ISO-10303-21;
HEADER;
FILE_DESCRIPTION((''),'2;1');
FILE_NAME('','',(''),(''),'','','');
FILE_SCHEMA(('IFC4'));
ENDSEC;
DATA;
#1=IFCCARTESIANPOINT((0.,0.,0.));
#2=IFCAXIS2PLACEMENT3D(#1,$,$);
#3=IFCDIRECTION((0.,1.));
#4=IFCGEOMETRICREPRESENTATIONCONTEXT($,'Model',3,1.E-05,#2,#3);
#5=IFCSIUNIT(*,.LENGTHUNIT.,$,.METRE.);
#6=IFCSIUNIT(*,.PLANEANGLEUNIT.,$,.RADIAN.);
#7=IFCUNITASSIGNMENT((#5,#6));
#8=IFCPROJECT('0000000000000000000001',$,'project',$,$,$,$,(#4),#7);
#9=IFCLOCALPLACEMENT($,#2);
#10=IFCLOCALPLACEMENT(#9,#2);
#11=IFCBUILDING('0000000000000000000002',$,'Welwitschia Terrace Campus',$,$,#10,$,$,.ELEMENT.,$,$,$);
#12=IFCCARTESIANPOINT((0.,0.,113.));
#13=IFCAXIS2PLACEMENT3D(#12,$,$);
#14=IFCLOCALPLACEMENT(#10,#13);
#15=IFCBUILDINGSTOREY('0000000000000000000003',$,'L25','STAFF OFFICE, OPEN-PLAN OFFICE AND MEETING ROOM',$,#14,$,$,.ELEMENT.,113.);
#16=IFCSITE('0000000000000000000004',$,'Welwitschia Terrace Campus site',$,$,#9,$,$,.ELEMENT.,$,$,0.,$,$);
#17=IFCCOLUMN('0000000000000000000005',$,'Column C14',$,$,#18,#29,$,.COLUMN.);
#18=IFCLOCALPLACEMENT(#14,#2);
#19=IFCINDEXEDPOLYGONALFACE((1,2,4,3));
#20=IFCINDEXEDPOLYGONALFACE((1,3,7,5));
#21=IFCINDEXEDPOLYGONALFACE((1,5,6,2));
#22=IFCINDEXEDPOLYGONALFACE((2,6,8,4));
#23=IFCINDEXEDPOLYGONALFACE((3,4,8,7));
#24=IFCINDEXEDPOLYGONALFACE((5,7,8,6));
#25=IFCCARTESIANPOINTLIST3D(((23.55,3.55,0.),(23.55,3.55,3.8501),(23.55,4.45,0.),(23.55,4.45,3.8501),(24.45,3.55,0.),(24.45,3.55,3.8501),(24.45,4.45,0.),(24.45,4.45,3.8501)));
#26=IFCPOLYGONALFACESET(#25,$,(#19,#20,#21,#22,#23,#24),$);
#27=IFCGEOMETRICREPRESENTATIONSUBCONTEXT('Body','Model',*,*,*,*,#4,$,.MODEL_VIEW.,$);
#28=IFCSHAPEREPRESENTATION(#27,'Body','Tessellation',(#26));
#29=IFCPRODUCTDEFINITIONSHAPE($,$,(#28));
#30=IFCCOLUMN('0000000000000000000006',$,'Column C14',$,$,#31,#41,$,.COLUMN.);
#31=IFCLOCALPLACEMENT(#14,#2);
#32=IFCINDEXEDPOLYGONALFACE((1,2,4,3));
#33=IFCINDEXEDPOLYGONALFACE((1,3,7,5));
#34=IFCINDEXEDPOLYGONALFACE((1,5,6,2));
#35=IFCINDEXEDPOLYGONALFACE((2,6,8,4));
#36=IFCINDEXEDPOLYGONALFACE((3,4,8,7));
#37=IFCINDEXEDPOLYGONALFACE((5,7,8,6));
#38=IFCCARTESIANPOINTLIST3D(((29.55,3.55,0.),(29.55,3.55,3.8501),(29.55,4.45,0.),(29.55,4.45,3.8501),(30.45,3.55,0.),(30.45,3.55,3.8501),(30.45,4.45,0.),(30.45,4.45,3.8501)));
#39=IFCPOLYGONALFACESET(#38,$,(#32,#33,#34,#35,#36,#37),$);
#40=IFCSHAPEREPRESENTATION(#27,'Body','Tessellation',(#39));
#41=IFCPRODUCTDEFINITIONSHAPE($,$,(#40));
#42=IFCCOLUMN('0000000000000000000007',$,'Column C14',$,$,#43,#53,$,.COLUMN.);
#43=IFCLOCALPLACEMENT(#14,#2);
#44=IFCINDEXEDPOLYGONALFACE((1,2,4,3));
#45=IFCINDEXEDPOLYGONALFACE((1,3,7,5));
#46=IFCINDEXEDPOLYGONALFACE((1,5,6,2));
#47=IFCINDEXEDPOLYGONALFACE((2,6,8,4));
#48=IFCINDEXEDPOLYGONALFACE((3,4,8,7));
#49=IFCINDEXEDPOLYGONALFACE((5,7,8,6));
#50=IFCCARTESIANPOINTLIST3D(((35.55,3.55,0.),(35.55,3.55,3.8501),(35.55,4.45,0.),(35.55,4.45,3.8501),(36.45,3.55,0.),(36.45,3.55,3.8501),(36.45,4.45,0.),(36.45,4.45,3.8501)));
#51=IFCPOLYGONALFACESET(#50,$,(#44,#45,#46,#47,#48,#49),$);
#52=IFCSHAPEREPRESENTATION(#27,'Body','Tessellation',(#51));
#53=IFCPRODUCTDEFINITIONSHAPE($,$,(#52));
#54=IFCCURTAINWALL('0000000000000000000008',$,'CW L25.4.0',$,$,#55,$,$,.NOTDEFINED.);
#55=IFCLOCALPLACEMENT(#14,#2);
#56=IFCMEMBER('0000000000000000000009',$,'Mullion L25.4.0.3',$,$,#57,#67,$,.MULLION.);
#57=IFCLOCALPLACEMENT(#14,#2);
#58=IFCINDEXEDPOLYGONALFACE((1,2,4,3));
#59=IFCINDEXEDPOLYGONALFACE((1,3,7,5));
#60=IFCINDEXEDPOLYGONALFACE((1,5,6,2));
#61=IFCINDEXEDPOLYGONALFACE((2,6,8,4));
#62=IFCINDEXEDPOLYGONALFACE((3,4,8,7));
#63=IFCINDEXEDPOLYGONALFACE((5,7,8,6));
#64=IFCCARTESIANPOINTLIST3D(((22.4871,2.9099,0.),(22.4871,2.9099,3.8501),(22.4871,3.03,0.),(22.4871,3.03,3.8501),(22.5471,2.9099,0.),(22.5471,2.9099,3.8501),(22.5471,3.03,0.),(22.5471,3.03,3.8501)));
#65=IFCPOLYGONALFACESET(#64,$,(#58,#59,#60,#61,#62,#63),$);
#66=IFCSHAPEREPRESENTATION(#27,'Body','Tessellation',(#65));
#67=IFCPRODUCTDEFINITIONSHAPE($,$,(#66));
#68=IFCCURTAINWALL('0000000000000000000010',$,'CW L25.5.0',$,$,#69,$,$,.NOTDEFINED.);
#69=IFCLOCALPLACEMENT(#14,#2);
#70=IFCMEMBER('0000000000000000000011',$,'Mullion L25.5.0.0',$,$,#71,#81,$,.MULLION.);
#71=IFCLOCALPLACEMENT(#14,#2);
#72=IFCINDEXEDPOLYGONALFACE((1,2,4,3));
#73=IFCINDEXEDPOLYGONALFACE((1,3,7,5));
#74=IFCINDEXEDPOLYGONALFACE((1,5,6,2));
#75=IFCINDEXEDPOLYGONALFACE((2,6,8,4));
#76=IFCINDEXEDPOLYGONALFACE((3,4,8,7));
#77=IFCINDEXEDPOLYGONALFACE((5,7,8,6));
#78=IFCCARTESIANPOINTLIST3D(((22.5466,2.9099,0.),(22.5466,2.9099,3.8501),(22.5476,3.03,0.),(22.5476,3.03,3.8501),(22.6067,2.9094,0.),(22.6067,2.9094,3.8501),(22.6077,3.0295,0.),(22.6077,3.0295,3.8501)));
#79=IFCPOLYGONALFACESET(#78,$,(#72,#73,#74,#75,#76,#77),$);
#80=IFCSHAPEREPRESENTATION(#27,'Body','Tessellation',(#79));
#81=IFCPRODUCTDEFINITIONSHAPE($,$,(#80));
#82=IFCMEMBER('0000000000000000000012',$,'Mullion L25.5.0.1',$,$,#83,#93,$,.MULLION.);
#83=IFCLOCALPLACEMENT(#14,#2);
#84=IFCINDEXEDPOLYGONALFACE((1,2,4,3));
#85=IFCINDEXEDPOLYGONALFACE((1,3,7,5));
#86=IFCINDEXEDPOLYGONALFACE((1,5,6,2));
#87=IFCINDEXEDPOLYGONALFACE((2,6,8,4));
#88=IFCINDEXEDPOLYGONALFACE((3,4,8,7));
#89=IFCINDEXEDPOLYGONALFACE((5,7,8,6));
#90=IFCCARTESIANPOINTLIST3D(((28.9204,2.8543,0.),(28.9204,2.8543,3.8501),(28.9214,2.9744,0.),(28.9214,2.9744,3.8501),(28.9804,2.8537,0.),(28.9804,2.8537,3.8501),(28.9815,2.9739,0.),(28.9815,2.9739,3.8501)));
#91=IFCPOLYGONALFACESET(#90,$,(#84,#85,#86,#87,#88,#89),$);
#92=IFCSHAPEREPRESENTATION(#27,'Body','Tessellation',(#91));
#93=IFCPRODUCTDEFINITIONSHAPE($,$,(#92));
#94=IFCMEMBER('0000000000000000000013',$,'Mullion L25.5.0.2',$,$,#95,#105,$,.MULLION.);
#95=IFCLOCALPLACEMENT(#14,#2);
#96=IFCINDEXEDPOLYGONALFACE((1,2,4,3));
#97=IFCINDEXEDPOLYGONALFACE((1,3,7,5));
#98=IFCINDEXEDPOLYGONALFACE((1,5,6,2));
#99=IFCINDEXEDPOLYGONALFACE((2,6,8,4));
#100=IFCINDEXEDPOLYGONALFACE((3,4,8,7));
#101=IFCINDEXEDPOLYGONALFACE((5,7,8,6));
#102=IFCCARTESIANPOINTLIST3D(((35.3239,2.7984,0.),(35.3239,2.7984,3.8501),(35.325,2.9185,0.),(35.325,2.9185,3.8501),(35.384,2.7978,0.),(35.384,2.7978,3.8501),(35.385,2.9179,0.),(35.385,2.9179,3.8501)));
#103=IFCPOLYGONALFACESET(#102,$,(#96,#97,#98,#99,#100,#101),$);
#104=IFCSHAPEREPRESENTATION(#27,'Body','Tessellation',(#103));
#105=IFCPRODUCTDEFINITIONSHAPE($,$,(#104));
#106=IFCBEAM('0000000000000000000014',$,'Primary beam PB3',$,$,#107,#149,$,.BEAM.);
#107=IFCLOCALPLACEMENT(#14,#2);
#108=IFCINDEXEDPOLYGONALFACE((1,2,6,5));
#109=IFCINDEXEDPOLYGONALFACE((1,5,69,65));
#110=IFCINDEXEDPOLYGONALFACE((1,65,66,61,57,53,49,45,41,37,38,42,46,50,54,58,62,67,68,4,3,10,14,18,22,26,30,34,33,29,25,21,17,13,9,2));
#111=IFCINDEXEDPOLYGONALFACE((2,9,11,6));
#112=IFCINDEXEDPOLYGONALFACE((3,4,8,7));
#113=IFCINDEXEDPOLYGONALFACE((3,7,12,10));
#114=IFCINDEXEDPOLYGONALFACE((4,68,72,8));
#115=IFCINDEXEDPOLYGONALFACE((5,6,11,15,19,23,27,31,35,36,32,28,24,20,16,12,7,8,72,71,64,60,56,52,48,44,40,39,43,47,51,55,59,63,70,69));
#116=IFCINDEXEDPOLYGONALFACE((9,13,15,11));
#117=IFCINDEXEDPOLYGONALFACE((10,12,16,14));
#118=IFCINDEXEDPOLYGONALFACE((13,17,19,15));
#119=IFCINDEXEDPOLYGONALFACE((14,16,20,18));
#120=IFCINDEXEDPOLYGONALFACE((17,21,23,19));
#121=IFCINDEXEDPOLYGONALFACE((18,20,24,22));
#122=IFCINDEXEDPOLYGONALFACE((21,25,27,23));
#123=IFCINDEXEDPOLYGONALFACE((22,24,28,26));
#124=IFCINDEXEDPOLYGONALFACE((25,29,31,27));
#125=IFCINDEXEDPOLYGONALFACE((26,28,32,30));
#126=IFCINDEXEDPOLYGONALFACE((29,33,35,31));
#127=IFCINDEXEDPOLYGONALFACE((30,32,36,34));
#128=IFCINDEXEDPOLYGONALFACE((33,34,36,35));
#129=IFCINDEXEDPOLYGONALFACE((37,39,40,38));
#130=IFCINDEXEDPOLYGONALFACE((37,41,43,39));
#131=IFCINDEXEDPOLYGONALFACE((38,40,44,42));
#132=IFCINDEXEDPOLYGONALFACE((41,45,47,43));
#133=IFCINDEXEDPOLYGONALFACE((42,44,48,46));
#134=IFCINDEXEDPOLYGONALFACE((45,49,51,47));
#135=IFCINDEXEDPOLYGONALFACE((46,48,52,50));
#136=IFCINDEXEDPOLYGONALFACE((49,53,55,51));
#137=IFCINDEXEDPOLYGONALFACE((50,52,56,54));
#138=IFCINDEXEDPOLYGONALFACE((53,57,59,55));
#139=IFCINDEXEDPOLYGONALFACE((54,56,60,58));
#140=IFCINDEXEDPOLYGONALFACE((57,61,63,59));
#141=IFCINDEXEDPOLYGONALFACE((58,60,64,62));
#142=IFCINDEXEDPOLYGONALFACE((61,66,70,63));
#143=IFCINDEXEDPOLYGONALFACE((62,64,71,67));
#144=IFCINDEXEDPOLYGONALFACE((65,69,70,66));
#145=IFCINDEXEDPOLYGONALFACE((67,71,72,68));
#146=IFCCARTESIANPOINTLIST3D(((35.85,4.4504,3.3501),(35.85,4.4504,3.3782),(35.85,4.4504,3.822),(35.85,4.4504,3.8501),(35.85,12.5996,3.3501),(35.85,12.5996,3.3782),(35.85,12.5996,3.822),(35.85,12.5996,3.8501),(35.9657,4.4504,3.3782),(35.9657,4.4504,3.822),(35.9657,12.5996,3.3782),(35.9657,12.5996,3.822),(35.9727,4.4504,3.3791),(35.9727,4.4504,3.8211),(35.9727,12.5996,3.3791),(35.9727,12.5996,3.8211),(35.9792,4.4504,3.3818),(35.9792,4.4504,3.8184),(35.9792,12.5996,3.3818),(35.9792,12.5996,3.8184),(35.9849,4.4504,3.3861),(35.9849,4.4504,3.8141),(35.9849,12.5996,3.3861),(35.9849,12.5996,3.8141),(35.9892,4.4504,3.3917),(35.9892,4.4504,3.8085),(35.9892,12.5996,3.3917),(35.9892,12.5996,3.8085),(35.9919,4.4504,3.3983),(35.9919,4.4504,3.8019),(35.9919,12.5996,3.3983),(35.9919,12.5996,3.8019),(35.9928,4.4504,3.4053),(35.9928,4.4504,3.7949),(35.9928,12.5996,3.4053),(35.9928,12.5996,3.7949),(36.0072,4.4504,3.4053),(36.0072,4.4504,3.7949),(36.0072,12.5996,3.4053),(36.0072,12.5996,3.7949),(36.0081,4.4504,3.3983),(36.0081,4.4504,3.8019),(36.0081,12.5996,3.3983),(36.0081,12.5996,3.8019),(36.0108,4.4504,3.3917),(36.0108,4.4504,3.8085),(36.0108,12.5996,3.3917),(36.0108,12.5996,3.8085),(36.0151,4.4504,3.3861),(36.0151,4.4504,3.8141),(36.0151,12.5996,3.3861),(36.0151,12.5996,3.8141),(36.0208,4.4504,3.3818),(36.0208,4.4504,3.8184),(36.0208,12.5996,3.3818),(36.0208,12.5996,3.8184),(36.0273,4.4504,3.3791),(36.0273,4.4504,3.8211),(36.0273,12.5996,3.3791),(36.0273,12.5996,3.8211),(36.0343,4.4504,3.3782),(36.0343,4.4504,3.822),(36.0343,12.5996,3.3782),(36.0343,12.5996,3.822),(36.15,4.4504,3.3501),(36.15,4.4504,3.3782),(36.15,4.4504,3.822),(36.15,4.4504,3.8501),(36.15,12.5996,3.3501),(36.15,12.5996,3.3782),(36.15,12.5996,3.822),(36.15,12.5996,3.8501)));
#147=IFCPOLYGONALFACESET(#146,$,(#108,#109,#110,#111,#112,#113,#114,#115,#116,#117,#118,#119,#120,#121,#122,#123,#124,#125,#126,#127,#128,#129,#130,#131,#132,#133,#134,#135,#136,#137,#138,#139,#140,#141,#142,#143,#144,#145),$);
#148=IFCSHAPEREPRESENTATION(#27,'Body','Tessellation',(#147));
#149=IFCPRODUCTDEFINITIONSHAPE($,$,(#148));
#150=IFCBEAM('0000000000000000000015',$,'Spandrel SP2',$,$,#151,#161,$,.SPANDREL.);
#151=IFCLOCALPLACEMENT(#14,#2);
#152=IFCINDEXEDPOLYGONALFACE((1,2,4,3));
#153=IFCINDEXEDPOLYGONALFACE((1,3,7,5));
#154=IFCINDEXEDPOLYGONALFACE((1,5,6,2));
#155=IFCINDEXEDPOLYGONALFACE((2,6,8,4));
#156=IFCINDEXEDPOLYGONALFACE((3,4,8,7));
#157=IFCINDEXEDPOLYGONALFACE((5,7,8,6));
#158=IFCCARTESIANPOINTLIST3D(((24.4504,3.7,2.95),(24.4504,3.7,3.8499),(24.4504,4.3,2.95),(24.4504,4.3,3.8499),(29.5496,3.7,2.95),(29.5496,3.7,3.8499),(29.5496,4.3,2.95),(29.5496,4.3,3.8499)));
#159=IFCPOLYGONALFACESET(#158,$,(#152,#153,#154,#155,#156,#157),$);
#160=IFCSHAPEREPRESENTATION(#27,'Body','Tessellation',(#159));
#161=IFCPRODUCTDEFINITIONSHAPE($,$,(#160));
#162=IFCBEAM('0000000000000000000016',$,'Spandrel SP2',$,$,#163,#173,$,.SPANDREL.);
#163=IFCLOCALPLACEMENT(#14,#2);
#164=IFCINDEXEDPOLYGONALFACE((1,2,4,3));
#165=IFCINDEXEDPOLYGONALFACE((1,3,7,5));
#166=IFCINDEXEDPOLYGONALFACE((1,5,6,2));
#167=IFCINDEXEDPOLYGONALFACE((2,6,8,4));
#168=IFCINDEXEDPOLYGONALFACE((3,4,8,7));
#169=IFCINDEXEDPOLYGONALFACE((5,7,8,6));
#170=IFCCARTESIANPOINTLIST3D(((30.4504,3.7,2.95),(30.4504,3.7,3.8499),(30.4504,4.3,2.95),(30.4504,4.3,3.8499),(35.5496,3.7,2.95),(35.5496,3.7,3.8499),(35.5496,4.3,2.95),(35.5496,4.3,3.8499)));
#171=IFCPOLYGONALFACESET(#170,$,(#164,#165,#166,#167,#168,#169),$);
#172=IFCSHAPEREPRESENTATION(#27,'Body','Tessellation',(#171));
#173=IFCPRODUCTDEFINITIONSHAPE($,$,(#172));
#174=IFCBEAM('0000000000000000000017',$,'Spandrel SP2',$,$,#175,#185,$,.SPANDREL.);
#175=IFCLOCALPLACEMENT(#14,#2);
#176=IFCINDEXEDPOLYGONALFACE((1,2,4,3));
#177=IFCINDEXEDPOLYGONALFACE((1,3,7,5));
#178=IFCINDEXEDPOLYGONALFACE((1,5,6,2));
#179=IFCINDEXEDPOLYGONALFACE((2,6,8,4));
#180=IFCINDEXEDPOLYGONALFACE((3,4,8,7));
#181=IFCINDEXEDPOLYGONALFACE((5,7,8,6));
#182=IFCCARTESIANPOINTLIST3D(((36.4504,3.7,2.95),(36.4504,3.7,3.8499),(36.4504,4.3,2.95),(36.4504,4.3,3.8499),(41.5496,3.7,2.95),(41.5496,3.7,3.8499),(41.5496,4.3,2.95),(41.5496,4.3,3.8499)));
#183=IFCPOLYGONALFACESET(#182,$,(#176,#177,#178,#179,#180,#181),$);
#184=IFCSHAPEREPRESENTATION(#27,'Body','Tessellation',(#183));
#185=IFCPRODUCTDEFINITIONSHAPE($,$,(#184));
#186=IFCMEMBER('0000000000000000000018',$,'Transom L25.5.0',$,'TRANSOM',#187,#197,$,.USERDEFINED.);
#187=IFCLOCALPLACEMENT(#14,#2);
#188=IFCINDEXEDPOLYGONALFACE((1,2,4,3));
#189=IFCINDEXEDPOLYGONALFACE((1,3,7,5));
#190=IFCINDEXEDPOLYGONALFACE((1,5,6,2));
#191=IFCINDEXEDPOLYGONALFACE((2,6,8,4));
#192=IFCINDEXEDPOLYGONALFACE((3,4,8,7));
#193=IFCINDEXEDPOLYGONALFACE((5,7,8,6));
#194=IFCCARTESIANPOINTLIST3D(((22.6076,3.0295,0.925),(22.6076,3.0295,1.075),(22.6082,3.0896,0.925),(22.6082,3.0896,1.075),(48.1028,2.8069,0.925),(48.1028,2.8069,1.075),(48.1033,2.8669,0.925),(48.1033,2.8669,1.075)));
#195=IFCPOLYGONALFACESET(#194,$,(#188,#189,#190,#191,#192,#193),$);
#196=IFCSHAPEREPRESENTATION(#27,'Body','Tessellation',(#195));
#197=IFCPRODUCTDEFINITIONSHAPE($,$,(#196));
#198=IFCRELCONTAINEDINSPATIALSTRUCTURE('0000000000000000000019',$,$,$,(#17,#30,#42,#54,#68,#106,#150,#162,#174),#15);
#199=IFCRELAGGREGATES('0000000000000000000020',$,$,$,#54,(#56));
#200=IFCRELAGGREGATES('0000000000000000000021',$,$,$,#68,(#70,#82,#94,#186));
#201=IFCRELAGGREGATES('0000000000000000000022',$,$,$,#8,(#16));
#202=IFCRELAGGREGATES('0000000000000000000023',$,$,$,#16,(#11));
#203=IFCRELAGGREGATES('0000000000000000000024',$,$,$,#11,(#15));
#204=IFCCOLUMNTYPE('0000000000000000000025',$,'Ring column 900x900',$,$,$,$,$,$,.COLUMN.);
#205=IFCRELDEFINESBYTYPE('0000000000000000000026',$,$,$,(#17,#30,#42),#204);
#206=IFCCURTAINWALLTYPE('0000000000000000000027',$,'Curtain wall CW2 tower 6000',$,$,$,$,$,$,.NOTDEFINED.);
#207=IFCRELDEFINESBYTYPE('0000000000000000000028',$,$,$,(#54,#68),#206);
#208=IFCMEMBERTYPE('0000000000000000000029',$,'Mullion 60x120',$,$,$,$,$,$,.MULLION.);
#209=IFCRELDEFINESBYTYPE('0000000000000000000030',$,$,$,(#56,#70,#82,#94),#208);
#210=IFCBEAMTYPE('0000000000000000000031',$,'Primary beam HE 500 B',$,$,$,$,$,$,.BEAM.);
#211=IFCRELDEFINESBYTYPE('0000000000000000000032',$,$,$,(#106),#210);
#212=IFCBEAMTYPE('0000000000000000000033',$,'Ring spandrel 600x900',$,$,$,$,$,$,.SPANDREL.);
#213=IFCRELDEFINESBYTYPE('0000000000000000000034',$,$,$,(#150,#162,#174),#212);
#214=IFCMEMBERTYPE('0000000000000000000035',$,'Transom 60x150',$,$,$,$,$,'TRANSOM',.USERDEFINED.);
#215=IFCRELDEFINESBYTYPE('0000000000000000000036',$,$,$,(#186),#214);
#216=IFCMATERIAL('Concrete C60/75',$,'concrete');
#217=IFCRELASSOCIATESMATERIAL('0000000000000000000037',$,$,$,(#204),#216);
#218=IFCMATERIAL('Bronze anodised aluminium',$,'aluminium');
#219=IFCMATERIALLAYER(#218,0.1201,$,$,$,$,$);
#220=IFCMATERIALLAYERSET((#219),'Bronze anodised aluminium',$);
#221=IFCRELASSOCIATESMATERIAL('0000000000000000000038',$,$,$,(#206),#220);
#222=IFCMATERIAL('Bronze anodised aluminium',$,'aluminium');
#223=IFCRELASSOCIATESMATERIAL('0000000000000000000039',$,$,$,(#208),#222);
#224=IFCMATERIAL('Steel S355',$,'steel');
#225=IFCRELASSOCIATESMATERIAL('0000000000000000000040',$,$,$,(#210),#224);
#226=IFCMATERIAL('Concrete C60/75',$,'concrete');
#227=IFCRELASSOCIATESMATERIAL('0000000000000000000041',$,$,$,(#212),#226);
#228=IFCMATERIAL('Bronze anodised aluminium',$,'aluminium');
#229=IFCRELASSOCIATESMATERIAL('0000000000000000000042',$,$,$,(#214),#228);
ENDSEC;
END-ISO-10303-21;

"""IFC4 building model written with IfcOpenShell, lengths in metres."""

from ifc_helpers import new_model, si_unit, direction, frame, origin, origin_2d, place, context, subcontext, project, spatial, rectangle, i_section, extrude, material, layer, layer_set, material_profile, profile_set, type_object, element, aggregate, save


model = new_model("IFC4")

# Units and contexts
model_context = context("Model", 3, precision=1e-05, world=origin(), true_north=direction((0.0, 1.0)))
body_context = subcontext(model_context, "Body", "Model", "MODEL_VIEW")
ifc_project = project(units=[si_unit("LENGTHUNIT", "METRE"), si_unit("PLANEANGLEUNIT", "RADIAN")], contexts=[model_context])

# Site, building, storey
site_placement = place(None, origin())
site = spatial("IfcSite", under=ifc_project, at=site_placement, Name="Welwitschia Terrace Campus site", CompositionType="ELEMENT", RefElevation=0.0)
building_placement = place(site_placement, origin())
building = spatial("IfcBuilding", under=site, at=building_placement, Name="Welwitschia Terrace Campus", CompositionType="ELEMENT")
storey_placement = place(building_placement, frame((0.0, 0.0, 113.0)))
storey = spatial("IfcBuildingStorey", under=building, at=storey_placement, Name="L25", Description="STAFF OFFICE, OPEN-PLAN OFFICE AND MEETING ROOM", CompositionType="ELEMENT", Elevation=113.0)

# Columns
ifc_material_1 = material(Name="Concrete C60/75", Category="concrete")
ifc_material_profile_1 = material_profile(ifc_material_1, rectangle(XDim=0.8999, YDim=0.8999, at=origin_2d()))
ifc_profile_set_1 = profile_set([ifc_material_profile_1], Name="Concrete C60/75")
column_type = type_object("IfcColumnType", Name="Ring column 900x900", PredefinedType="COLUMN", material=ifc_profile_set_1)
for number, where, z_axis, x_axis, name in (
    (1, (24.0, 4.0, 0.0), (0.0, 0.0, 1.0), (1.0, 0.0, 0.0), "Column C14"),
    (2, (30.0, 4.0, 0.0), (0.0, 0.0, 1.0), (1.0, 0.0, 0.0), "Column C14"),
    (3, (36.0, 4.0, 0.0), (0.0, 0.0, 1.0), (1.0, 0.0, 0.0), "Column C14"),
):
    element("IfcColumn", number, at=place(storey_placement, frame(where, z_axis=z_axis, x_axis=x_axis)), inside=storey, type_object=column_type, Name=name, PredefinedType="COLUMN", context=body_context, shape_type="SweptSolid", body=[
        extrude(rectangle(XDim=0.8999, YDim=0.8999, at=origin_2d()), origin(), (0.0, 0.0, 1.0), 3.8501),
    ])

# Curtain wall, member
ifc_material_2 = material(Name="Bronze anodised aluminium", Category="aluminium")
ifc_layer_1 = layer(ifc_material_2, 0.1201)
ifc_layer_set_1 = layer_set([ifc_layer_1], Name="Bronze anodised aluminium")
curtain_wall_type = type_object("IfcCurtainWallType", Name="Curtain wall CW2 tower 6000", PredefinedType="NOTDEFINED", material=ifc_layer_set_1)
curtain_wall_1_placement = place(storey_placement, origin())
curtain_wall_1 = element("IfcCurtainWall", 4, at=curtain_wall_1_placement, inside=storey, type_object=curtain_wall_type, Name="CW L25.4.0", PredefinedType="NOTDEFINED")
ifc_material_3 = material(Name="Bronze anodised aluminium", Category="aluminium")
ifc_material_profile_2 = material_profile(ifc_material_3, rectangle(XDim=0.1201, YDim=0.0601, at=origin_2d()))
ifc_profile_set_2 = profile_set([ifc_material_profile_2], Name="Bronze anodised aluminium")
member_type_1 = type_object("IfcMemberType", Name="Mullion 60x120", PredefinedType="MULLION", material=ifc_profile_set_2)
member_1_placement = place(storey_placement, frame((22.5171, 2.97, 0.0), z_axis=(0.0, 0.0, 1.0), x_axis=(0.0, 1.0, 0.0)))
member_1 = element("IfcMember", 5, at=member_1_placement, type_object=member_type_1, Name="Mullion L25.4.0.3", PredefinedType="MULLION", context=body_context, shape_type="SweptSolid", body=[
    extrude(rectangle(XDim=0.1201, YDim=0.0601, at=origin_2d()), origin(), (0.0, 0.0, 1.0), 3.8501),
])
aggregate(curtain_wall_1, [member_1])

# Curtain wall, members
curtain_wall_2_placement = place(storey_placement, origin())
curtain_wall_2 = element("IfcCurtainWall", 6, at=curtain_wall_2_placement, inside=storey, type_object=curtain_wall_type, Name="CW L25.5.0", PredefinedType="NOTDEFINED")
member_2_placement = place(storey_placement, frame((22.5771, 2.9697, 0.0), z_axis=(0.0, 0.0, 1.0), x_axis=(0.008727, 0.999962, 0.0)))
member_2 = element("IfcMember", 7, at=member_2_placement, type_object=member_type_1, Name="Mullion L25.5.0.0", PredefinedType="MULLION", context=body_context, shape_type="SweptSolid", body=[
    extrude(rectangle(XDim=0.1201, YDim=0.0601, at=origin_2d()), origin(), (0.0, 0.0, 1.0), 3.8501),
])
member_3_placement = place(storey_placement, frame((28.9509, 2.9141, 0.0), z_axis=(0.0, 0.0, 1.0), x_axis=(0.008727, 0.999962, 0.0)))
member_3 = element("IfcMember", 8, at=member_3_placement, type_object=member_type_1, Name="Mullion L25.5.0.1", PredefinedType="MULLION", context=body_context, shape_type="SweptSolid", body=[
    extrude(rectangle(XDim=0.1201, YDim=0.0601, at=origin_2d()), origin(), (0.0, 0.0, 1.0), 3.8501),
])
member_4_placement = place(storey_placement, frame((35.3545, 2.8582, 0.0), z_axis=(0.0, 0.0, 1.0), x_axis=(0.008727, 0.999962, 0.0)))
member_4 = element("IfcMember", 9, at=member_4_placement, type_object=member_type_1, Name="Mullion L25.5.0.2", PredefinedType="MULLION", context=body_context, shape_type="SweptSolid", body=[
    extrude(rectangle(XDim=0.1201, YDim=0.0601, at=origin_2d()), origin(), (0.0, 0.0, 1.0), 3.8501),
])

# Beams
ifc_material_4 = material(Name="Steel S355", Category="steel")
ifc_material_profile_3 = material_profile(ifc_material_4, i_section(OverallWidth=0.3, OverallDepth=0.5, WebThickness=0.0144, FlangeThickness=0.0281, FilletRadius=0.0271, at=origin_2d()))
ifc_profile_set_3 = profile_set([ifc_material_profile_3], Name="Steel S355")
beam_type_1 = type_object("IfcBeamType", Name="Primary beam HE 500 B", PredefinedType="BEAM", material=ifc_profile_set_3)
beam_placement = place(storey_placement, frame((36.0, 4.4504, 3.6001), z_axis=(0.0, 1.0, 0.0), x_axis=(-1.0, 0.0, 0.0)))
element("IfcBeam", 10, at=beam_placement, inside=storey, type_object=beam_type_1, Name="Primary beam PB3", PredefinedType="BEAM", context=body_context, shape_type="SweptSolid", body=[
    extrude(i_section(OverallWidth=0.3, OverallDepth=0.5, WebThickness=0.0144, FlangeThickness=0.0281, FilletRadius=0.0271, at=origin_2d()), origin(), (0.0, 0.0, 1.0), 8.1492),
])
ifc_material_5 = material(Name="Concrete C60/75", Category="concrete")
ifc_material_profile_4 = material_profile(ifc_material_5, rectangle(XDim=0.6001, YDim=0.8999, at=origin_2d()))
ifc_profile_set_4 = profile_set([ifc_material_profile_4], Name="Concrete C60/75")
beam_type_2 = type_object("IfcBeamType", Name="Ring spandrel 600x900", PredefinedType="SPANDREL", material=ifc_profile_set_4)
for number, where, z_axis, x_axis, name in (
    (11, (24.4504, 4.0, 3.3999), (1.0, 0.0, 0.0), (0.0, 1.0, 0.0), "Spandrel SP2"),
    (12, (30.4504, 4.0, 3.3999), (1.0, 0.0, 0.0), (0.0, 1.0, 0.0), "Spandrel SP2"),
    (13, (36.4504, 4.0, 3.3999), (1.0, 0.0, 0.0), (0.0, 1.0, 0.0), "Spandrel SP2"),
):
    element("IfcBeam", number, at=place(storey_placement, frame(where, z_axis=z_axis, x_axis=x_axis)), inside=storey, type_object=beam_type_2, Name=name, PredefinedType="SPANDREL", context=body_context, shape_type="SweptSolid", body=[
        extrude(rectangle(XDim=0.6001, YDim=0.8999, at=origin_2d()), origin(), (0.0, 0.0, 1.0), 5.0991),
    ])

# Member
ifc_material_6 = material(Name="Bronze anodised aluminium", Category="aluminium")
ifc_material_profile_5 = material_profile(ifc_material_6, rectangle(XDim=0.0601, YDim=0.1499, at=origin_2d()))
ifc_profile_set_5 = profile_set([ifc_material_profile_5], Name="Bronze anodised aluminium")
member_type_2 = type_object("IfcMemberType", Name="Transom 60x150", ElementType="TRANSOM", PredefinedType="USERDEFINED", material=ifc_profile_set_5)
member_5_placement = place(storey_placement, frame((22.6079, 3.0596, 1.0), z_axis=(0.999962, -0.008733, 0.0), x_axis=(0.008733, 0.999962, 0.0)))
member_5 = element("IfcMember", 14, at=member_5_placement, type_object=member_type_2, Name="Transom L25.5.0", ObjectType="TRANSOM", PredefinedType="USERDEFINED", context=body_context, shape_type="SweptSolid", body=[
    extrude(rectangle(XDim=0.0601, YDim=0.1499, at=origin_2d()), origin(), (0.0, 0.0, 1.0), 25.4961),
])

aggregate(curtain_wall_2, [member_2, member_3, member_4, member_5])

save(model, "model.ifc")
